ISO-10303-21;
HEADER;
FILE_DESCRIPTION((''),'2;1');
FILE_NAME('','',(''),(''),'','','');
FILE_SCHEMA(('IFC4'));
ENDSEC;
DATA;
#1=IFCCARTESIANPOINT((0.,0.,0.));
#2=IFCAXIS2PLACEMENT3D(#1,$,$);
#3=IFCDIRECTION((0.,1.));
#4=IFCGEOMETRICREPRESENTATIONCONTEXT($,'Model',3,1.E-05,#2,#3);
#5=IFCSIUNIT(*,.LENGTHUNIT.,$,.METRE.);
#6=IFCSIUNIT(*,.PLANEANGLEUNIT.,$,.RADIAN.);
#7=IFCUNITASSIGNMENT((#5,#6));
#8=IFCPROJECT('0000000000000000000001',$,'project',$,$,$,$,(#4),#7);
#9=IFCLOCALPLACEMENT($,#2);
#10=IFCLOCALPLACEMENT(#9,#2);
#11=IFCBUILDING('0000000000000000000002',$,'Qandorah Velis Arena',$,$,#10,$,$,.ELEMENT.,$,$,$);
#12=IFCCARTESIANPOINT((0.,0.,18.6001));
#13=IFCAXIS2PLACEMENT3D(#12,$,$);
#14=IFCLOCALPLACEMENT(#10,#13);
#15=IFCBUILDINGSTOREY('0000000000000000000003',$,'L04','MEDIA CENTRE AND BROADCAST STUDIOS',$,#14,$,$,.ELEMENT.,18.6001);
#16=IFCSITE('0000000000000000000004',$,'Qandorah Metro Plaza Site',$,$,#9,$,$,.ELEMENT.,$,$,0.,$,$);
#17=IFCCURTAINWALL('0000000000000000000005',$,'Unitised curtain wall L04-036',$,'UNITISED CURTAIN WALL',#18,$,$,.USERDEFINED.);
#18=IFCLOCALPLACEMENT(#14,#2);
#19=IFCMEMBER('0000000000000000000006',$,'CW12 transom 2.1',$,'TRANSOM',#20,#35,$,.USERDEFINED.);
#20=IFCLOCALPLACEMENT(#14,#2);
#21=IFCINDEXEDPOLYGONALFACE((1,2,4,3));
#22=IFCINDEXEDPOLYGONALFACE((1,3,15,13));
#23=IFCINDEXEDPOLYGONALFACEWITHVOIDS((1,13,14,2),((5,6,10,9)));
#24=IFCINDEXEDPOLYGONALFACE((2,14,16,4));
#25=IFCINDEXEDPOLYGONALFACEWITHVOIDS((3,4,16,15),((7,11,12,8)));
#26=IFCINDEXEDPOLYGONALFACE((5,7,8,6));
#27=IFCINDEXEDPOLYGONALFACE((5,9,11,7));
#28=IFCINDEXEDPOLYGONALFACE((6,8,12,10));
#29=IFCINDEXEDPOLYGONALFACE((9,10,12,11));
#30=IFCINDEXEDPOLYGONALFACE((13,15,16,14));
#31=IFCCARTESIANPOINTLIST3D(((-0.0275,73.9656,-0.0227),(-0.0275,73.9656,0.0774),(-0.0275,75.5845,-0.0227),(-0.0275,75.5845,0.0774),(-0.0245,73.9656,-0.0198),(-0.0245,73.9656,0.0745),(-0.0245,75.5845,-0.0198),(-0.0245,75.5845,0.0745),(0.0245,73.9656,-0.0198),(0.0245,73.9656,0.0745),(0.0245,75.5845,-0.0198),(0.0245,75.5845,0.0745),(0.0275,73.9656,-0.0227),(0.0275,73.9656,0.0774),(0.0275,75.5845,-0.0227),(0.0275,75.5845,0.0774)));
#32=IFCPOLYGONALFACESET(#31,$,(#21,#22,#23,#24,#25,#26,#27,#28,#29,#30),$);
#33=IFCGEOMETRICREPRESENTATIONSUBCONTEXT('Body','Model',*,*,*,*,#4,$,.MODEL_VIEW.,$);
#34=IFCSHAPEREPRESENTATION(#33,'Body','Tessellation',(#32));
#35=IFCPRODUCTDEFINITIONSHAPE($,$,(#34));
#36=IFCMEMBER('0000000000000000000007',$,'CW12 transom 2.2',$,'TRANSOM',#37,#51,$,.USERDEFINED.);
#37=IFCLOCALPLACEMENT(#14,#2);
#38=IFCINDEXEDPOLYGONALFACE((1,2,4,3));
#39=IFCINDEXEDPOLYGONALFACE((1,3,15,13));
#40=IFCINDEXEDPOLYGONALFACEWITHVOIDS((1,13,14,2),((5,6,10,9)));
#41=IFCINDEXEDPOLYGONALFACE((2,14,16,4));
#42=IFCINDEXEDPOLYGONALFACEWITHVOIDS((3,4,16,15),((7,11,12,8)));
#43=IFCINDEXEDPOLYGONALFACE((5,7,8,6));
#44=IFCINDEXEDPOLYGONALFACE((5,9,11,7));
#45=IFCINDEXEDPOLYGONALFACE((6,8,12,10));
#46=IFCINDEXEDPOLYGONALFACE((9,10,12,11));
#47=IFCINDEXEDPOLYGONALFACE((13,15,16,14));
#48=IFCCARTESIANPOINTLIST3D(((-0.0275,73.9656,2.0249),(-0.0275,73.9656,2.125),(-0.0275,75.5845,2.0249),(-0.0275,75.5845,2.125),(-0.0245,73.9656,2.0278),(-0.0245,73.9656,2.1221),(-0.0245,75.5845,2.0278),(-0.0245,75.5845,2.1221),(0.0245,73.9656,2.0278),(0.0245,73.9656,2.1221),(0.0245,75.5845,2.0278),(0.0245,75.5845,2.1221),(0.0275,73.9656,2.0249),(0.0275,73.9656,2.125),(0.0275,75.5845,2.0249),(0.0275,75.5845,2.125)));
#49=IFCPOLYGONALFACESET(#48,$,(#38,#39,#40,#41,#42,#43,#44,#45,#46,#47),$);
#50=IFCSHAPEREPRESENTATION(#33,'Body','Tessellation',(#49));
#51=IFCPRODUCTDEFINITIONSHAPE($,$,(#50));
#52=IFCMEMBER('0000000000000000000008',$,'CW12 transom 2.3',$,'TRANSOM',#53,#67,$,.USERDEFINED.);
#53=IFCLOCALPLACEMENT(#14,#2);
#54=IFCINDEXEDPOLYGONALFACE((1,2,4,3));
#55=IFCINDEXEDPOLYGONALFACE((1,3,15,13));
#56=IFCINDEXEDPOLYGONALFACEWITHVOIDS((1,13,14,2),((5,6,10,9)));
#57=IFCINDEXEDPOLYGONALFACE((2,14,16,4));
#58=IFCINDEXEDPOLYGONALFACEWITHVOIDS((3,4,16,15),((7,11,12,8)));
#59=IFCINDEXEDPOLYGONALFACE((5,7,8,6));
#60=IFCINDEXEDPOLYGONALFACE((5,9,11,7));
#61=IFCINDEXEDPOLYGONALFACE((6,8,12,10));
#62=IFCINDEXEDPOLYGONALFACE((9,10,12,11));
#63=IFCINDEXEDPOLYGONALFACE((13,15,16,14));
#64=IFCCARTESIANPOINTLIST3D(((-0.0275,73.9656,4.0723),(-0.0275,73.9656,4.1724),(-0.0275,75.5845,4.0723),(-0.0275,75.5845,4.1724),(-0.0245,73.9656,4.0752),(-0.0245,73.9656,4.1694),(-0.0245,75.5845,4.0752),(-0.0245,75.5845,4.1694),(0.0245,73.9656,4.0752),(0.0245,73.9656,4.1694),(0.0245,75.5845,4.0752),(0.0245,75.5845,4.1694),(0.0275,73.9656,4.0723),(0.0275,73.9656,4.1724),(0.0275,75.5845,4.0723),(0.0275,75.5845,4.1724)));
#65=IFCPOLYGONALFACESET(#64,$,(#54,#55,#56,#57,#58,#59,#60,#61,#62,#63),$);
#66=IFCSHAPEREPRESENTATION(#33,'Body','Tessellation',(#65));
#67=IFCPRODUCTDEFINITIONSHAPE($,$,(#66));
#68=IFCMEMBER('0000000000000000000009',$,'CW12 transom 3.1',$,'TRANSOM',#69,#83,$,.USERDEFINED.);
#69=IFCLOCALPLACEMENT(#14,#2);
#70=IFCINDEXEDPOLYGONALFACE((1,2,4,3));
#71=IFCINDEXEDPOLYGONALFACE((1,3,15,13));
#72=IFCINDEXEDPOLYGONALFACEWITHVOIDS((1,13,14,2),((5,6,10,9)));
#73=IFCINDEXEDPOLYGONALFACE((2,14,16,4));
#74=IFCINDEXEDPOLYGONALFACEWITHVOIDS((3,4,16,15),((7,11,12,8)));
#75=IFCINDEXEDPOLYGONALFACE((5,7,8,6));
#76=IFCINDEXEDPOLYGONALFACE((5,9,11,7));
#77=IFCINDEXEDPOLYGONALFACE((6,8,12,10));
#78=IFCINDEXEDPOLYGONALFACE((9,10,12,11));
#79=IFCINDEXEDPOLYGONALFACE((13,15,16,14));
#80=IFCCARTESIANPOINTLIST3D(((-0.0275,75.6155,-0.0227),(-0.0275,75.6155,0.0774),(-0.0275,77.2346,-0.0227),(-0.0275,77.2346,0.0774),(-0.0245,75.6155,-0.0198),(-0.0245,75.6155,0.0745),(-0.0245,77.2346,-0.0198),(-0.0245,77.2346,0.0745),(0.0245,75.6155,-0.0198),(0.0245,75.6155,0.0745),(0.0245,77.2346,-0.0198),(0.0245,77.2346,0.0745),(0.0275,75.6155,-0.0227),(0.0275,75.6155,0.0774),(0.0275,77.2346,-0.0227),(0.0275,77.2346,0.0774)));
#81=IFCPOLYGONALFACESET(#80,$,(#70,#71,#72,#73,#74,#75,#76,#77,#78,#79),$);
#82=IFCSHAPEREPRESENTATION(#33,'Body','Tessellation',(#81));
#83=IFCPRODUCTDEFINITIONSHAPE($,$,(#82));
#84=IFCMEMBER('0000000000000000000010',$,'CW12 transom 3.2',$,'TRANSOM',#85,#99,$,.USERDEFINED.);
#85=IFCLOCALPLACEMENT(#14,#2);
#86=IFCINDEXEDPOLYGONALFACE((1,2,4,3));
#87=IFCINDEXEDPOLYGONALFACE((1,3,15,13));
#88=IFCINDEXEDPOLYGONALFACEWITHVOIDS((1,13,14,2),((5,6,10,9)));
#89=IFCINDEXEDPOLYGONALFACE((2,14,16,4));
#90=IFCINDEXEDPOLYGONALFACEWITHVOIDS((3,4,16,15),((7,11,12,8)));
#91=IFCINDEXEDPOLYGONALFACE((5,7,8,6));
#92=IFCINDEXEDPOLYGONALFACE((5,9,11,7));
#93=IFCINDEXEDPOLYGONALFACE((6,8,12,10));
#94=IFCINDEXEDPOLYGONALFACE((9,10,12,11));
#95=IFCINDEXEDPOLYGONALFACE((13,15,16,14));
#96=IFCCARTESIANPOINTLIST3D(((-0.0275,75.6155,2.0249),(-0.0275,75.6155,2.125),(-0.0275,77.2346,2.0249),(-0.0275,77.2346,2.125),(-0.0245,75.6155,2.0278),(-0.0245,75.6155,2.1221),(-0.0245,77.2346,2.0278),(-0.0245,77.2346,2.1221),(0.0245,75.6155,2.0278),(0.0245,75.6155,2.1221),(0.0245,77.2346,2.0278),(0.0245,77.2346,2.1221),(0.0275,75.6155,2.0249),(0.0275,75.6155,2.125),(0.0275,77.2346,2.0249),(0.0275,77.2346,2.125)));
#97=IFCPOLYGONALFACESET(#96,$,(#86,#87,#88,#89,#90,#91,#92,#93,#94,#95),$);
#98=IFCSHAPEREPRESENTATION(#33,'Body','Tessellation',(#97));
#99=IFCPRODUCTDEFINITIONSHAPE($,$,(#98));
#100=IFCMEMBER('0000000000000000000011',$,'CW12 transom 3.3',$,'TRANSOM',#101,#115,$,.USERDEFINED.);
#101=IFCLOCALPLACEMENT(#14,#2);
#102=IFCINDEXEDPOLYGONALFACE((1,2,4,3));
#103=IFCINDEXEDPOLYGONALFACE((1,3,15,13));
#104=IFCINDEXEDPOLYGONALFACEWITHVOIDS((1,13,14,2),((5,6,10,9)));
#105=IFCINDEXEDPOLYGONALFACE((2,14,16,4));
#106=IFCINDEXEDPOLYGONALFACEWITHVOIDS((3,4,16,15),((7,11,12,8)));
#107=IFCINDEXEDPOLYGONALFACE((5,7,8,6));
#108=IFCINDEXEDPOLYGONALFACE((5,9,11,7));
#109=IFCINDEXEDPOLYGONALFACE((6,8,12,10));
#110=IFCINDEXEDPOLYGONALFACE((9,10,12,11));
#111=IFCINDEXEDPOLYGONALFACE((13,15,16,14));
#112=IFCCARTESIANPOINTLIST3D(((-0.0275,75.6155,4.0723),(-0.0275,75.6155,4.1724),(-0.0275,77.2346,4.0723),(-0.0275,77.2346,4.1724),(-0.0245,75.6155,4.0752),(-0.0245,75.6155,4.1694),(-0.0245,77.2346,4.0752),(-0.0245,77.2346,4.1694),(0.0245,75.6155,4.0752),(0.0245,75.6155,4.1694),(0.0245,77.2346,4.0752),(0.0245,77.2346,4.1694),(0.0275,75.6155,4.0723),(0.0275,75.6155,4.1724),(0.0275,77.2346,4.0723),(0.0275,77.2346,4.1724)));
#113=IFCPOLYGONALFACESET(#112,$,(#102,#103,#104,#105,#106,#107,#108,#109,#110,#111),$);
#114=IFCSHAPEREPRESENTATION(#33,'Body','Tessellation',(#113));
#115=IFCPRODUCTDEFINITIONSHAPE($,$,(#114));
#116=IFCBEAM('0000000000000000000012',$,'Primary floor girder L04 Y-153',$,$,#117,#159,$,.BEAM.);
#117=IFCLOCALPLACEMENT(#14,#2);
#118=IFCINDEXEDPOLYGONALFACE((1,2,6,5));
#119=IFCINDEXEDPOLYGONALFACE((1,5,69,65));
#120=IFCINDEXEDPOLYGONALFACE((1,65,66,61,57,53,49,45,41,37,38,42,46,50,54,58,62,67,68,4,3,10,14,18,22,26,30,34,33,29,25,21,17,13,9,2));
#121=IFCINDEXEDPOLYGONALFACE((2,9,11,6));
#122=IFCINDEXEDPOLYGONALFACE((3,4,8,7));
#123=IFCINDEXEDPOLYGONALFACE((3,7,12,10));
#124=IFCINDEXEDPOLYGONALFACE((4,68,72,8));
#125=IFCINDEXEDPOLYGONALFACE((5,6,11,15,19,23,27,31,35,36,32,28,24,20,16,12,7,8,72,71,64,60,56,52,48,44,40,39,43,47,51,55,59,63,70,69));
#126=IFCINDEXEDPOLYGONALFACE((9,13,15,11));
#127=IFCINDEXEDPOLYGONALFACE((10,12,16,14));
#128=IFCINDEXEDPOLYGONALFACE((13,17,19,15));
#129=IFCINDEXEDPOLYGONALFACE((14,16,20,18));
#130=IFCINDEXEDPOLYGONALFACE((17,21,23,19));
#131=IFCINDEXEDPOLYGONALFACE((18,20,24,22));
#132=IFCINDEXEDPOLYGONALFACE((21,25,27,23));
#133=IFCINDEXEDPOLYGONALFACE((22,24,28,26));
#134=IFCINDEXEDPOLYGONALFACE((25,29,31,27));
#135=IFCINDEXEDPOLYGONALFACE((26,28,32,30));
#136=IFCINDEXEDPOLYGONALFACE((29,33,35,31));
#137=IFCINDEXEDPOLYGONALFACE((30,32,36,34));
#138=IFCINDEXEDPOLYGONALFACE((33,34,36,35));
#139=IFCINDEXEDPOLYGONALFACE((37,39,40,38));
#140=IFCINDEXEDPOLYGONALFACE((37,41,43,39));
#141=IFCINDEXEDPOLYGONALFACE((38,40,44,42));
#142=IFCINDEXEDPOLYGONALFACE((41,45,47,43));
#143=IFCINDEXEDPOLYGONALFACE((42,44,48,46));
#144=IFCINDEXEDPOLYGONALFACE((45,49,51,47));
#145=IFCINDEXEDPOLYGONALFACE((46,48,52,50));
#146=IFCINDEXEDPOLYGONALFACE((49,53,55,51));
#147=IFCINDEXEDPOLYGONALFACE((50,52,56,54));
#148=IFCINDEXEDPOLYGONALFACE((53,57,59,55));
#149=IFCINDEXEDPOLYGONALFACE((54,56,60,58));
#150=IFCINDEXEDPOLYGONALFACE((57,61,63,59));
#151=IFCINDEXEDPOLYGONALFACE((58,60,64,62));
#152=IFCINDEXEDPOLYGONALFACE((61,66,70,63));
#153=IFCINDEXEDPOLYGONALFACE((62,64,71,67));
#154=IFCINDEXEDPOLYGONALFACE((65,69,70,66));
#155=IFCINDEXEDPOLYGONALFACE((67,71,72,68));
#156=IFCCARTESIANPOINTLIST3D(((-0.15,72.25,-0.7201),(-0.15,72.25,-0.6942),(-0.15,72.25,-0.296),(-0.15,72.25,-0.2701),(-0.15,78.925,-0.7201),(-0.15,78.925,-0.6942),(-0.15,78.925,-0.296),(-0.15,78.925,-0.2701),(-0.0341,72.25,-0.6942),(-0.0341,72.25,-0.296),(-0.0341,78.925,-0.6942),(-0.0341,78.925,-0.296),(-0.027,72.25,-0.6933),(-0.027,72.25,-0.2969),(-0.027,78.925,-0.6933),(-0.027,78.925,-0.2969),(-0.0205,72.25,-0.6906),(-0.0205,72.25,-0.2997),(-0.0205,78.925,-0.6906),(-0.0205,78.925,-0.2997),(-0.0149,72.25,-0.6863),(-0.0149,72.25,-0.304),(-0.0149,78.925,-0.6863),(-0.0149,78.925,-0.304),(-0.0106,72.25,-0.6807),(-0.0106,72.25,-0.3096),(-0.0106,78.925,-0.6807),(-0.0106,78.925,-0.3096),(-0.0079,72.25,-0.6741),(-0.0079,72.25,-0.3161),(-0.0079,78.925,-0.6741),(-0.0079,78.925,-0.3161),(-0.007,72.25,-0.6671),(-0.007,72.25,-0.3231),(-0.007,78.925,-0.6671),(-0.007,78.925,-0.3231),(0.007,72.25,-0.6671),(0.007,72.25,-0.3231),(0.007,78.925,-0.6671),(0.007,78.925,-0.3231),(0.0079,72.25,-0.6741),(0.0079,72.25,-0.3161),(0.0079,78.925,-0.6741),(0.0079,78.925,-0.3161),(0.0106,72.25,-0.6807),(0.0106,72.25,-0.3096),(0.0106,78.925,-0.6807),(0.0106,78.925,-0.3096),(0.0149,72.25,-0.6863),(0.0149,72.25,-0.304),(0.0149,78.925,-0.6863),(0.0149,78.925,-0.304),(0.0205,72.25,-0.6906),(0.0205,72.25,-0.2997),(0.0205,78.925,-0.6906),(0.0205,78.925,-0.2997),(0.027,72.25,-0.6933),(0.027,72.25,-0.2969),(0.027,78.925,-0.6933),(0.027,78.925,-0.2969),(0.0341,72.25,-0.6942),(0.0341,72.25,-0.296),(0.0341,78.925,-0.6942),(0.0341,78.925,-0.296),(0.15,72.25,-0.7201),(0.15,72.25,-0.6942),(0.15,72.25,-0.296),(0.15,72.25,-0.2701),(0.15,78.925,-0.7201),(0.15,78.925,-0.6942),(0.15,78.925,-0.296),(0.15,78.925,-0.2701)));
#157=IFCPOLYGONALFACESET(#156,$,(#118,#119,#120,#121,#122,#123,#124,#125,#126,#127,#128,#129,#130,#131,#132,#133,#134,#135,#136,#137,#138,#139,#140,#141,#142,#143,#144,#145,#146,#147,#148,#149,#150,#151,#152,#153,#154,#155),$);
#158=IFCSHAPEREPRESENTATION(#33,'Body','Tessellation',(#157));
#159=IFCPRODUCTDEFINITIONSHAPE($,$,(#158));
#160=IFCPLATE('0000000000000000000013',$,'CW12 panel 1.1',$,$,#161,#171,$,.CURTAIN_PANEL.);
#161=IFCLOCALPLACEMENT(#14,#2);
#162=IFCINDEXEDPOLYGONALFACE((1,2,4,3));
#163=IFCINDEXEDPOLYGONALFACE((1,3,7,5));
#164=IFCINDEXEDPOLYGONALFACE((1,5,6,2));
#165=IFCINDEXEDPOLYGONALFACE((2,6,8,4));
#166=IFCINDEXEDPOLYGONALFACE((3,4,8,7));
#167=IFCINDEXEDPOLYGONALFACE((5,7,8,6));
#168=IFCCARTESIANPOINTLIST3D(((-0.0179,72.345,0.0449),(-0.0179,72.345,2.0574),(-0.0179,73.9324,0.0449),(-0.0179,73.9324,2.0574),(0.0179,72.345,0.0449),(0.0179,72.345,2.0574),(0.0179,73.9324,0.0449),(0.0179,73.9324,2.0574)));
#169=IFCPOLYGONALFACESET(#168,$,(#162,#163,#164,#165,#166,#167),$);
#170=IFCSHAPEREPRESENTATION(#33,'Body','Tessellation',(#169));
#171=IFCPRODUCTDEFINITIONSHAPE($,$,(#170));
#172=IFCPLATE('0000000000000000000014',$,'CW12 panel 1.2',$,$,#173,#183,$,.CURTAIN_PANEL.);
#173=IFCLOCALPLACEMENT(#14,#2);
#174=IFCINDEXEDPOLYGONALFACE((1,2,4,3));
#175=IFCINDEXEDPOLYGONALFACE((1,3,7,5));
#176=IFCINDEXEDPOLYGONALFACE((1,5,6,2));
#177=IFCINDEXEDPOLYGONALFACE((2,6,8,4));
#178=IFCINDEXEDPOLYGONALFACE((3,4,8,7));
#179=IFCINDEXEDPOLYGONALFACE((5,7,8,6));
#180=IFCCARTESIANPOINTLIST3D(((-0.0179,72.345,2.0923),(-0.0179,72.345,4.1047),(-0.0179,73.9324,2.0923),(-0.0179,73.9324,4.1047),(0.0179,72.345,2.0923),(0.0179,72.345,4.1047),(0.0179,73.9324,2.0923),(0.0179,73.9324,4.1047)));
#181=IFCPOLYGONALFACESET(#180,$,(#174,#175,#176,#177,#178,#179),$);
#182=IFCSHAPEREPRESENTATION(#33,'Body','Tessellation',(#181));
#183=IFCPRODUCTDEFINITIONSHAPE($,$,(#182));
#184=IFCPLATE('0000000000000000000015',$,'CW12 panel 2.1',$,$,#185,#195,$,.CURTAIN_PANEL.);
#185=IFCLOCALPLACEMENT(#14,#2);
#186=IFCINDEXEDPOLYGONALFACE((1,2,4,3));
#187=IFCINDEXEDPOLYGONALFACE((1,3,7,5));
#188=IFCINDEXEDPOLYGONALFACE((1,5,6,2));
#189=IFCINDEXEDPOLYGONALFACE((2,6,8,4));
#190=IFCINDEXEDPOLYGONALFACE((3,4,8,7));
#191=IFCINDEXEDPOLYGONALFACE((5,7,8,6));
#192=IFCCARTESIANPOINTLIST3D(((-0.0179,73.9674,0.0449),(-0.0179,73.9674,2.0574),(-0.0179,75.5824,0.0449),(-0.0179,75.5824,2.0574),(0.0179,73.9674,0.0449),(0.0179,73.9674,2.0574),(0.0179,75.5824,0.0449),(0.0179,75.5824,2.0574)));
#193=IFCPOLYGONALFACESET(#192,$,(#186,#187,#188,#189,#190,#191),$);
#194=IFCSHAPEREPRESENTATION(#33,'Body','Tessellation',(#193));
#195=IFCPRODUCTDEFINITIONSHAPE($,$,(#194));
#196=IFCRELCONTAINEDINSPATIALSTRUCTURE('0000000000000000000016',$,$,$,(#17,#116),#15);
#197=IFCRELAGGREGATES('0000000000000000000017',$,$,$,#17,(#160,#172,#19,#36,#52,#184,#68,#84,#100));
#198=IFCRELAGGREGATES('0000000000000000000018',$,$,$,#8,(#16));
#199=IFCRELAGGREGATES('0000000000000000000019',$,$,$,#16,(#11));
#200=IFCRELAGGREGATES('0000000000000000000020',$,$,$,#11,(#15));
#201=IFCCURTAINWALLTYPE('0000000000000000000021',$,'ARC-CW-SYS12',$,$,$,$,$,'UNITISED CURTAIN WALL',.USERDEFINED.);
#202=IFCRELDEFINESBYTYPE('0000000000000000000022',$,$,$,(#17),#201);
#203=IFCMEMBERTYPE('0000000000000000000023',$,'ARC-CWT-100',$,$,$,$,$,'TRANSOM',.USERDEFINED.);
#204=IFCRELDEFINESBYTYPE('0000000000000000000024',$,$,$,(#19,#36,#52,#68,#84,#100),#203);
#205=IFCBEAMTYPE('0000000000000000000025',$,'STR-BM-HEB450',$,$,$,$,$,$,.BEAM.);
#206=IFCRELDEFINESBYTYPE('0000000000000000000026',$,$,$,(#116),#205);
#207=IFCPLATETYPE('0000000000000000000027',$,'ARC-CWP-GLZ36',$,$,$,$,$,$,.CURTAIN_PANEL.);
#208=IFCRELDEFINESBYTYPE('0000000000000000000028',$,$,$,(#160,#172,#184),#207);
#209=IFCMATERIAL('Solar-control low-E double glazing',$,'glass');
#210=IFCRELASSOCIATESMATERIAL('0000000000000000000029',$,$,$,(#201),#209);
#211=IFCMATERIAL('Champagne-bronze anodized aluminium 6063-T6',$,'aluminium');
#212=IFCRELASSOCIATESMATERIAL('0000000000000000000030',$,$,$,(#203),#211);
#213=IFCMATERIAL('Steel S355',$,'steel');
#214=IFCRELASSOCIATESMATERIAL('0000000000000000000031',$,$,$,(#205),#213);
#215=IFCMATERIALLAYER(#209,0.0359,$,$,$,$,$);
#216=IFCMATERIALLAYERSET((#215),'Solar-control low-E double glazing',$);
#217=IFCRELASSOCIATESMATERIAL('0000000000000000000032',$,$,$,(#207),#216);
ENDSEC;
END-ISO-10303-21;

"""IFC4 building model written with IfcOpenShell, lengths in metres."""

from ifc_helpers import new_model, si_unit, direction, frame, origin, origin_2d, place, context, subcontext, project, spatial, rectangle, hollow_rectangle, i_section, extrude, material, layer, layer_set, material_profile, profile_set, type_object, element, aggregate, save


model = new_model("IFC4")

# Units and contexts
model_context = context("Model", 3, precision=1e-05, world=origin(), true_north=direction((0.0, 1.0)))
body_context = subcontext(model_context, "Body", "Model", "MODEL_VIEW")
ifc_project = project(units=[si_unit("LENGTHUNIT", "METRE"), si_unit("PLANEANGLEUNIT", "RADIAN")], contexts=[model_context])

# Site, building, storey
site_placement = place(None, origin())
site = spatial("IfcSite", under=ifc_project, at=site_placement, Name="Qandorah Metro Plaza Site", CompositionType="ELEMENT", RefElevation=0.0)
building_placement = place(site_placement, origin())
building = spatial("IfcBuilding", under=site, at=building_placement, Name="Qandorah Velis Arena", CompositionType="ELEMENT")
storey_placement = place(building_placement, frame((0.0, 0.0, 18.6001)))
storey = spatial("IfcBuildingStorey", under=building, at=storey_placement, Name="L04", Description="MEDIA CENTRE AND BROADCAST STUDIOS", CompositionType="ELEMENT", Elevation=18.6001)

# Shared definitions
ifc_material_1 = material(Name="Steel S355", Category="steel")

# Curtain wall
ifc_material_2 = material(Name="Solar-control low-E double glazing", Category="glass")
curtain_wall_type_1 = type_object("IfcCurtainWallType", Name="ARC-CW-SYS12", ElementType="UNITISED CURTAIN WALL", PredefinedType="USERDEFINED", material=ifc_material_2)
curtain_wall_1_placement = place(storey_placement, origin())
curtain_wall_1 = element("IfcCurtainWall", 1, at=curtain_wall_1_placement, inside=storey, type_object=curtain_wall_type_1, Name="Unitised curtain wall L04-036", ObjectType="UNITISED CURTAIN WALL", PredefinedType="USERDEFINED")
ifc_material_3 = material(Name="Champagne-bronze anodized aluminium 6063-T6", Category="aluminium")

# Members
ifc_material_profile_1 = material_profile(ifc_material_3, hollow_rectangle(XDim=0.0549, YDim=0.1001, WallThickness=0.0029, at=origin_2d()), Name="ALU TRANSOM 55x100")
ifc_profile_set_1 = profile_set([ifc_material_profile_1], Name="Champagne-bronze anodized aluminium 6063-T6")
member_type_1 = type_object("IfcMemberType", Name="ARC-CWT-100", ElementType="TRANSOM", PredefinedType="USERDEFINED", material=ifc_profile_set_1)
member_1_placement = place(storey_placement, frame((0.0, 73.9656, 0.0273), z_axis=(0.0, 1.0, 0.0), x_axis=(-1.0, 0.0, 0.0)))
member_1 = element("IfcMember", 2, at=member_1_placement, type_object=member_type_1, Name="CW12 transom 2.1", ObjectType="TRANSOM", PredefinedType="USERDEFINED", context=body_context, shape_type="SweptSolid", body=[
    extrude(hollow_rectangle(XDim=0.0549, YDim=0.1001, WallThickness=0.0029, at=origin_2d()), origin(), (0.0, 0.0, 1.0), 1.6189),
])
member_2_placement = place(storey_placement, frame((0.0, 73.9656, 2.075), z_axis=(0.0, 1.0, 0.0), x_axis=(-1.0, 0.0, 0.0)))
member_2 = element("IfcMember", 3, at=member_2_placement, type_object=member_type_1, Name="CW12 transom 2.2", ObjectType="TRANSOM", PredefinedType="USERDEFINED", context=body_context, shape_type="SweptSolid", body=[
    extrude(hollow_rectangle(XDim=0.0549, YDim=0.1001, WallThickness=0.0029, at=origin_2d()), origin(), (0.0, 0.0, 1.0), 1.6189),
])
member_3_placement = place(storey_placement, frame((0.0, 73.9656, 4.1223), z_axis=(0.0, 1.0, 0.0), x_axis=(-1.0, 0.0, 0.0)))
member_3 = element("IfcMember", 4, at=member_3_placement, type_object=member_type_1, Name="CW12 transom 2.3", ObjectType="TRANSOM", PredefinedType="USERDEFINED", context=body_context, shape_type="SweptSolid", body=[
    extrude(hollow_rectangle(XDim=0.0549, YDim=0.1001, WallThickness=0.0029, at=origin_2d()), origin(), (0.0, 0.0, 1.0), 1.6189),
])
member_4_placement = place(storey_placement, frame((0.0, 75.6155, 0.0273), z_axis=(0.0, 1.0, 0.0), x_axis=(-1.0, 0.0, 0.0)))
member_4 = element("IfcMember", 5, at=member_4_placement, type_object=member_type_1, Name="CW12 transom 3.1", ObjectType="TRANSOM", PredefinedType="USERDEFINED", context=body_context, shape_type="SweptSolid", body=[
    extrude(hollow_rectangle(XDim=0.0549, YDim=0.1001, WallThickness=0.0029, at=origin_2d()), origin(), (0.0, 0.0, 1.0), 1.6191),
])
member_5_placement = place(storey_placement, frame((0.0, 75.6155, 2.075), z_axis=(0.0, 1.0, 0.0), x_axis=(-1.0, 0.0, 0.0)))
member_5 = element("IfcMember", 6, at=member_5_placement, type_object=member_type_1, Name="CW12 transom 3.2", ObjectType="TRANSOM", PredefinedType="USERDEFINED", context=body_context, shape_type="SweptSolid", body=[
    extrude(hollow_rectangle(XDim=0.0549, YDim=0.1001, WallThickness=0.0029, at=origin_2d()), origin(), (0.0, 0.0, 1.0), 1.6191),
])
member_6_placement = place(storey_placement, frame((0.0, 75.6155, 4.1223), z_axis=(0.0, 1.0, 0.0), x_axis=(-1.0, 0.0, 0.0)))
member_6 = element("IfcMember", 7, at=member_6_placement, type_object=member_type_1, Name="CW12 transom 3.3", ObjectType="TRANSOM", PredefinedType="USERDEFINED", context=body_context, shape_type="SweptSolid", body=[
    extrude(hollow_rectangle(XDim=0.0549, YDim=0.1001, WallThickness=0.0029, at=origin_2d()), origin(), (0.0, 0.0, 1.0), 1.6191),
])

# Beam
ifc_material_profile_2 = material_profile(ifc_material_1, i_section(OverallWidth=0.3, OverallDepth=0.45, WebThickness=0.0139, FlangeThickness=0.0259, FilletRadius=0.0271, at=origin_2d()), Name="HEB 450")
ifc_profile_set_2 = profile_set([ifc_material_profile_2], Name="Steel S355")
beam_type = type_object("IfcBeamType", Name="STR-BM-HEB450", PredefinedType="BEAM", material=ifc_profile_set_2)
beam_placement = place(storey_placement, frame((0.0, 72.25, -0.4951), z_axis=(0.0, 1.0, 0.0), x_axis=(-1.0, 0.0, 0.0)))
element("IfcBeam", 8, at=beam_placement, inside=storey, type_object=beam_type, Name="Primary floor girder L04 Y-153", PredefinedType="BEAM", context=body_context, shape_type="SweptSolid", body=[
    extrude(i_section(OverallWidth=0.3, OverallDepth=0.45, WebThickness=0.0139, FlangeThickness=0.0259, FilletRadius=0.0271, at=origin_2d()), origin(), (0.0, 0.0, 1.0), 6.675),
])

# Plates
ifc_layer_1 = layer(ifc_material_2, 0.0359)
ifc_layer_set_1 = layer_set([ifc_layer_1], Name="Solar-control low-E double glazing")
plate_type_1 = type_object("IfcPlateType", Name="ARC-CWP-GLZ36", PredefinedType="CURTAIN_PANEL", material=ifc_layer_set_1)
plate_1_placement = place(storey_placement, frame((0.0, 73.1387, 0.0449), z_axis=(0.0, 0.0, 1.0), x_axis=(0.0, 1.0, 0.0)))
plate_1 = element("IfcPlate", 9, at=plate_1_placement, type_object=plate_type_1, Name="CW12 panel 1.1", PredefinedType="CURTAIN_PANEL", context=body_context, shape_type="SweptSolid", body=[
    extrude(rectangle(XDim=1.5874, YDim=0.0359, at=origin_2d()), origin(), (0.0, 0.0, 1.0), 2.0125),
])
plate_2_placement = place(storey_placement, frame((0.0, 73.1387, 2.0923), z_axis=(0.0, 0.0, 1.0), x_axis=(0.0, 1.0, 0.0)))
plate_2 = element("IfcPlate", 10, at=plate_2_placement, type_object=plate_type_1, Name="CW12 panel 1.2", PredefinedType="CURTAIN_PANEL", context=body_context, shape_type="SweptSolid", body=[
    extrude(rectangle(XDim=1.5874, YDim=0.0359, at=origin_2d()), origin(), (0.0, 0.0, 1.0), 2.0125),
])
plate_3_placement = place(storey_placement, frame((0.0, 74.7749, 0.0449), z_axis=(0.0, 0.0, 1.0), x_axis=(0.0, 1.0, 0.0)))
plate_3 = element("IfcPlate", 11, at=plate_3_placement, type_object=plate_type_1, Name="CW12 panel 2.1", PredefinedType="CURTAIN_PANEL", context=body_context, shape_type="SweptSolid", body=[
    extrude(rectangle(XDim=1.615, YDim=0.0359, at=origin_2d()), origin(), (0.0, 0.0, 1.0), 2.0125),
])
aggregate(curtain_wall_1, [plate_1, plate_2, member_1, member_2, member_3, plate_3, member_4, member_5, member_6])

save(model, "model.ifc")
